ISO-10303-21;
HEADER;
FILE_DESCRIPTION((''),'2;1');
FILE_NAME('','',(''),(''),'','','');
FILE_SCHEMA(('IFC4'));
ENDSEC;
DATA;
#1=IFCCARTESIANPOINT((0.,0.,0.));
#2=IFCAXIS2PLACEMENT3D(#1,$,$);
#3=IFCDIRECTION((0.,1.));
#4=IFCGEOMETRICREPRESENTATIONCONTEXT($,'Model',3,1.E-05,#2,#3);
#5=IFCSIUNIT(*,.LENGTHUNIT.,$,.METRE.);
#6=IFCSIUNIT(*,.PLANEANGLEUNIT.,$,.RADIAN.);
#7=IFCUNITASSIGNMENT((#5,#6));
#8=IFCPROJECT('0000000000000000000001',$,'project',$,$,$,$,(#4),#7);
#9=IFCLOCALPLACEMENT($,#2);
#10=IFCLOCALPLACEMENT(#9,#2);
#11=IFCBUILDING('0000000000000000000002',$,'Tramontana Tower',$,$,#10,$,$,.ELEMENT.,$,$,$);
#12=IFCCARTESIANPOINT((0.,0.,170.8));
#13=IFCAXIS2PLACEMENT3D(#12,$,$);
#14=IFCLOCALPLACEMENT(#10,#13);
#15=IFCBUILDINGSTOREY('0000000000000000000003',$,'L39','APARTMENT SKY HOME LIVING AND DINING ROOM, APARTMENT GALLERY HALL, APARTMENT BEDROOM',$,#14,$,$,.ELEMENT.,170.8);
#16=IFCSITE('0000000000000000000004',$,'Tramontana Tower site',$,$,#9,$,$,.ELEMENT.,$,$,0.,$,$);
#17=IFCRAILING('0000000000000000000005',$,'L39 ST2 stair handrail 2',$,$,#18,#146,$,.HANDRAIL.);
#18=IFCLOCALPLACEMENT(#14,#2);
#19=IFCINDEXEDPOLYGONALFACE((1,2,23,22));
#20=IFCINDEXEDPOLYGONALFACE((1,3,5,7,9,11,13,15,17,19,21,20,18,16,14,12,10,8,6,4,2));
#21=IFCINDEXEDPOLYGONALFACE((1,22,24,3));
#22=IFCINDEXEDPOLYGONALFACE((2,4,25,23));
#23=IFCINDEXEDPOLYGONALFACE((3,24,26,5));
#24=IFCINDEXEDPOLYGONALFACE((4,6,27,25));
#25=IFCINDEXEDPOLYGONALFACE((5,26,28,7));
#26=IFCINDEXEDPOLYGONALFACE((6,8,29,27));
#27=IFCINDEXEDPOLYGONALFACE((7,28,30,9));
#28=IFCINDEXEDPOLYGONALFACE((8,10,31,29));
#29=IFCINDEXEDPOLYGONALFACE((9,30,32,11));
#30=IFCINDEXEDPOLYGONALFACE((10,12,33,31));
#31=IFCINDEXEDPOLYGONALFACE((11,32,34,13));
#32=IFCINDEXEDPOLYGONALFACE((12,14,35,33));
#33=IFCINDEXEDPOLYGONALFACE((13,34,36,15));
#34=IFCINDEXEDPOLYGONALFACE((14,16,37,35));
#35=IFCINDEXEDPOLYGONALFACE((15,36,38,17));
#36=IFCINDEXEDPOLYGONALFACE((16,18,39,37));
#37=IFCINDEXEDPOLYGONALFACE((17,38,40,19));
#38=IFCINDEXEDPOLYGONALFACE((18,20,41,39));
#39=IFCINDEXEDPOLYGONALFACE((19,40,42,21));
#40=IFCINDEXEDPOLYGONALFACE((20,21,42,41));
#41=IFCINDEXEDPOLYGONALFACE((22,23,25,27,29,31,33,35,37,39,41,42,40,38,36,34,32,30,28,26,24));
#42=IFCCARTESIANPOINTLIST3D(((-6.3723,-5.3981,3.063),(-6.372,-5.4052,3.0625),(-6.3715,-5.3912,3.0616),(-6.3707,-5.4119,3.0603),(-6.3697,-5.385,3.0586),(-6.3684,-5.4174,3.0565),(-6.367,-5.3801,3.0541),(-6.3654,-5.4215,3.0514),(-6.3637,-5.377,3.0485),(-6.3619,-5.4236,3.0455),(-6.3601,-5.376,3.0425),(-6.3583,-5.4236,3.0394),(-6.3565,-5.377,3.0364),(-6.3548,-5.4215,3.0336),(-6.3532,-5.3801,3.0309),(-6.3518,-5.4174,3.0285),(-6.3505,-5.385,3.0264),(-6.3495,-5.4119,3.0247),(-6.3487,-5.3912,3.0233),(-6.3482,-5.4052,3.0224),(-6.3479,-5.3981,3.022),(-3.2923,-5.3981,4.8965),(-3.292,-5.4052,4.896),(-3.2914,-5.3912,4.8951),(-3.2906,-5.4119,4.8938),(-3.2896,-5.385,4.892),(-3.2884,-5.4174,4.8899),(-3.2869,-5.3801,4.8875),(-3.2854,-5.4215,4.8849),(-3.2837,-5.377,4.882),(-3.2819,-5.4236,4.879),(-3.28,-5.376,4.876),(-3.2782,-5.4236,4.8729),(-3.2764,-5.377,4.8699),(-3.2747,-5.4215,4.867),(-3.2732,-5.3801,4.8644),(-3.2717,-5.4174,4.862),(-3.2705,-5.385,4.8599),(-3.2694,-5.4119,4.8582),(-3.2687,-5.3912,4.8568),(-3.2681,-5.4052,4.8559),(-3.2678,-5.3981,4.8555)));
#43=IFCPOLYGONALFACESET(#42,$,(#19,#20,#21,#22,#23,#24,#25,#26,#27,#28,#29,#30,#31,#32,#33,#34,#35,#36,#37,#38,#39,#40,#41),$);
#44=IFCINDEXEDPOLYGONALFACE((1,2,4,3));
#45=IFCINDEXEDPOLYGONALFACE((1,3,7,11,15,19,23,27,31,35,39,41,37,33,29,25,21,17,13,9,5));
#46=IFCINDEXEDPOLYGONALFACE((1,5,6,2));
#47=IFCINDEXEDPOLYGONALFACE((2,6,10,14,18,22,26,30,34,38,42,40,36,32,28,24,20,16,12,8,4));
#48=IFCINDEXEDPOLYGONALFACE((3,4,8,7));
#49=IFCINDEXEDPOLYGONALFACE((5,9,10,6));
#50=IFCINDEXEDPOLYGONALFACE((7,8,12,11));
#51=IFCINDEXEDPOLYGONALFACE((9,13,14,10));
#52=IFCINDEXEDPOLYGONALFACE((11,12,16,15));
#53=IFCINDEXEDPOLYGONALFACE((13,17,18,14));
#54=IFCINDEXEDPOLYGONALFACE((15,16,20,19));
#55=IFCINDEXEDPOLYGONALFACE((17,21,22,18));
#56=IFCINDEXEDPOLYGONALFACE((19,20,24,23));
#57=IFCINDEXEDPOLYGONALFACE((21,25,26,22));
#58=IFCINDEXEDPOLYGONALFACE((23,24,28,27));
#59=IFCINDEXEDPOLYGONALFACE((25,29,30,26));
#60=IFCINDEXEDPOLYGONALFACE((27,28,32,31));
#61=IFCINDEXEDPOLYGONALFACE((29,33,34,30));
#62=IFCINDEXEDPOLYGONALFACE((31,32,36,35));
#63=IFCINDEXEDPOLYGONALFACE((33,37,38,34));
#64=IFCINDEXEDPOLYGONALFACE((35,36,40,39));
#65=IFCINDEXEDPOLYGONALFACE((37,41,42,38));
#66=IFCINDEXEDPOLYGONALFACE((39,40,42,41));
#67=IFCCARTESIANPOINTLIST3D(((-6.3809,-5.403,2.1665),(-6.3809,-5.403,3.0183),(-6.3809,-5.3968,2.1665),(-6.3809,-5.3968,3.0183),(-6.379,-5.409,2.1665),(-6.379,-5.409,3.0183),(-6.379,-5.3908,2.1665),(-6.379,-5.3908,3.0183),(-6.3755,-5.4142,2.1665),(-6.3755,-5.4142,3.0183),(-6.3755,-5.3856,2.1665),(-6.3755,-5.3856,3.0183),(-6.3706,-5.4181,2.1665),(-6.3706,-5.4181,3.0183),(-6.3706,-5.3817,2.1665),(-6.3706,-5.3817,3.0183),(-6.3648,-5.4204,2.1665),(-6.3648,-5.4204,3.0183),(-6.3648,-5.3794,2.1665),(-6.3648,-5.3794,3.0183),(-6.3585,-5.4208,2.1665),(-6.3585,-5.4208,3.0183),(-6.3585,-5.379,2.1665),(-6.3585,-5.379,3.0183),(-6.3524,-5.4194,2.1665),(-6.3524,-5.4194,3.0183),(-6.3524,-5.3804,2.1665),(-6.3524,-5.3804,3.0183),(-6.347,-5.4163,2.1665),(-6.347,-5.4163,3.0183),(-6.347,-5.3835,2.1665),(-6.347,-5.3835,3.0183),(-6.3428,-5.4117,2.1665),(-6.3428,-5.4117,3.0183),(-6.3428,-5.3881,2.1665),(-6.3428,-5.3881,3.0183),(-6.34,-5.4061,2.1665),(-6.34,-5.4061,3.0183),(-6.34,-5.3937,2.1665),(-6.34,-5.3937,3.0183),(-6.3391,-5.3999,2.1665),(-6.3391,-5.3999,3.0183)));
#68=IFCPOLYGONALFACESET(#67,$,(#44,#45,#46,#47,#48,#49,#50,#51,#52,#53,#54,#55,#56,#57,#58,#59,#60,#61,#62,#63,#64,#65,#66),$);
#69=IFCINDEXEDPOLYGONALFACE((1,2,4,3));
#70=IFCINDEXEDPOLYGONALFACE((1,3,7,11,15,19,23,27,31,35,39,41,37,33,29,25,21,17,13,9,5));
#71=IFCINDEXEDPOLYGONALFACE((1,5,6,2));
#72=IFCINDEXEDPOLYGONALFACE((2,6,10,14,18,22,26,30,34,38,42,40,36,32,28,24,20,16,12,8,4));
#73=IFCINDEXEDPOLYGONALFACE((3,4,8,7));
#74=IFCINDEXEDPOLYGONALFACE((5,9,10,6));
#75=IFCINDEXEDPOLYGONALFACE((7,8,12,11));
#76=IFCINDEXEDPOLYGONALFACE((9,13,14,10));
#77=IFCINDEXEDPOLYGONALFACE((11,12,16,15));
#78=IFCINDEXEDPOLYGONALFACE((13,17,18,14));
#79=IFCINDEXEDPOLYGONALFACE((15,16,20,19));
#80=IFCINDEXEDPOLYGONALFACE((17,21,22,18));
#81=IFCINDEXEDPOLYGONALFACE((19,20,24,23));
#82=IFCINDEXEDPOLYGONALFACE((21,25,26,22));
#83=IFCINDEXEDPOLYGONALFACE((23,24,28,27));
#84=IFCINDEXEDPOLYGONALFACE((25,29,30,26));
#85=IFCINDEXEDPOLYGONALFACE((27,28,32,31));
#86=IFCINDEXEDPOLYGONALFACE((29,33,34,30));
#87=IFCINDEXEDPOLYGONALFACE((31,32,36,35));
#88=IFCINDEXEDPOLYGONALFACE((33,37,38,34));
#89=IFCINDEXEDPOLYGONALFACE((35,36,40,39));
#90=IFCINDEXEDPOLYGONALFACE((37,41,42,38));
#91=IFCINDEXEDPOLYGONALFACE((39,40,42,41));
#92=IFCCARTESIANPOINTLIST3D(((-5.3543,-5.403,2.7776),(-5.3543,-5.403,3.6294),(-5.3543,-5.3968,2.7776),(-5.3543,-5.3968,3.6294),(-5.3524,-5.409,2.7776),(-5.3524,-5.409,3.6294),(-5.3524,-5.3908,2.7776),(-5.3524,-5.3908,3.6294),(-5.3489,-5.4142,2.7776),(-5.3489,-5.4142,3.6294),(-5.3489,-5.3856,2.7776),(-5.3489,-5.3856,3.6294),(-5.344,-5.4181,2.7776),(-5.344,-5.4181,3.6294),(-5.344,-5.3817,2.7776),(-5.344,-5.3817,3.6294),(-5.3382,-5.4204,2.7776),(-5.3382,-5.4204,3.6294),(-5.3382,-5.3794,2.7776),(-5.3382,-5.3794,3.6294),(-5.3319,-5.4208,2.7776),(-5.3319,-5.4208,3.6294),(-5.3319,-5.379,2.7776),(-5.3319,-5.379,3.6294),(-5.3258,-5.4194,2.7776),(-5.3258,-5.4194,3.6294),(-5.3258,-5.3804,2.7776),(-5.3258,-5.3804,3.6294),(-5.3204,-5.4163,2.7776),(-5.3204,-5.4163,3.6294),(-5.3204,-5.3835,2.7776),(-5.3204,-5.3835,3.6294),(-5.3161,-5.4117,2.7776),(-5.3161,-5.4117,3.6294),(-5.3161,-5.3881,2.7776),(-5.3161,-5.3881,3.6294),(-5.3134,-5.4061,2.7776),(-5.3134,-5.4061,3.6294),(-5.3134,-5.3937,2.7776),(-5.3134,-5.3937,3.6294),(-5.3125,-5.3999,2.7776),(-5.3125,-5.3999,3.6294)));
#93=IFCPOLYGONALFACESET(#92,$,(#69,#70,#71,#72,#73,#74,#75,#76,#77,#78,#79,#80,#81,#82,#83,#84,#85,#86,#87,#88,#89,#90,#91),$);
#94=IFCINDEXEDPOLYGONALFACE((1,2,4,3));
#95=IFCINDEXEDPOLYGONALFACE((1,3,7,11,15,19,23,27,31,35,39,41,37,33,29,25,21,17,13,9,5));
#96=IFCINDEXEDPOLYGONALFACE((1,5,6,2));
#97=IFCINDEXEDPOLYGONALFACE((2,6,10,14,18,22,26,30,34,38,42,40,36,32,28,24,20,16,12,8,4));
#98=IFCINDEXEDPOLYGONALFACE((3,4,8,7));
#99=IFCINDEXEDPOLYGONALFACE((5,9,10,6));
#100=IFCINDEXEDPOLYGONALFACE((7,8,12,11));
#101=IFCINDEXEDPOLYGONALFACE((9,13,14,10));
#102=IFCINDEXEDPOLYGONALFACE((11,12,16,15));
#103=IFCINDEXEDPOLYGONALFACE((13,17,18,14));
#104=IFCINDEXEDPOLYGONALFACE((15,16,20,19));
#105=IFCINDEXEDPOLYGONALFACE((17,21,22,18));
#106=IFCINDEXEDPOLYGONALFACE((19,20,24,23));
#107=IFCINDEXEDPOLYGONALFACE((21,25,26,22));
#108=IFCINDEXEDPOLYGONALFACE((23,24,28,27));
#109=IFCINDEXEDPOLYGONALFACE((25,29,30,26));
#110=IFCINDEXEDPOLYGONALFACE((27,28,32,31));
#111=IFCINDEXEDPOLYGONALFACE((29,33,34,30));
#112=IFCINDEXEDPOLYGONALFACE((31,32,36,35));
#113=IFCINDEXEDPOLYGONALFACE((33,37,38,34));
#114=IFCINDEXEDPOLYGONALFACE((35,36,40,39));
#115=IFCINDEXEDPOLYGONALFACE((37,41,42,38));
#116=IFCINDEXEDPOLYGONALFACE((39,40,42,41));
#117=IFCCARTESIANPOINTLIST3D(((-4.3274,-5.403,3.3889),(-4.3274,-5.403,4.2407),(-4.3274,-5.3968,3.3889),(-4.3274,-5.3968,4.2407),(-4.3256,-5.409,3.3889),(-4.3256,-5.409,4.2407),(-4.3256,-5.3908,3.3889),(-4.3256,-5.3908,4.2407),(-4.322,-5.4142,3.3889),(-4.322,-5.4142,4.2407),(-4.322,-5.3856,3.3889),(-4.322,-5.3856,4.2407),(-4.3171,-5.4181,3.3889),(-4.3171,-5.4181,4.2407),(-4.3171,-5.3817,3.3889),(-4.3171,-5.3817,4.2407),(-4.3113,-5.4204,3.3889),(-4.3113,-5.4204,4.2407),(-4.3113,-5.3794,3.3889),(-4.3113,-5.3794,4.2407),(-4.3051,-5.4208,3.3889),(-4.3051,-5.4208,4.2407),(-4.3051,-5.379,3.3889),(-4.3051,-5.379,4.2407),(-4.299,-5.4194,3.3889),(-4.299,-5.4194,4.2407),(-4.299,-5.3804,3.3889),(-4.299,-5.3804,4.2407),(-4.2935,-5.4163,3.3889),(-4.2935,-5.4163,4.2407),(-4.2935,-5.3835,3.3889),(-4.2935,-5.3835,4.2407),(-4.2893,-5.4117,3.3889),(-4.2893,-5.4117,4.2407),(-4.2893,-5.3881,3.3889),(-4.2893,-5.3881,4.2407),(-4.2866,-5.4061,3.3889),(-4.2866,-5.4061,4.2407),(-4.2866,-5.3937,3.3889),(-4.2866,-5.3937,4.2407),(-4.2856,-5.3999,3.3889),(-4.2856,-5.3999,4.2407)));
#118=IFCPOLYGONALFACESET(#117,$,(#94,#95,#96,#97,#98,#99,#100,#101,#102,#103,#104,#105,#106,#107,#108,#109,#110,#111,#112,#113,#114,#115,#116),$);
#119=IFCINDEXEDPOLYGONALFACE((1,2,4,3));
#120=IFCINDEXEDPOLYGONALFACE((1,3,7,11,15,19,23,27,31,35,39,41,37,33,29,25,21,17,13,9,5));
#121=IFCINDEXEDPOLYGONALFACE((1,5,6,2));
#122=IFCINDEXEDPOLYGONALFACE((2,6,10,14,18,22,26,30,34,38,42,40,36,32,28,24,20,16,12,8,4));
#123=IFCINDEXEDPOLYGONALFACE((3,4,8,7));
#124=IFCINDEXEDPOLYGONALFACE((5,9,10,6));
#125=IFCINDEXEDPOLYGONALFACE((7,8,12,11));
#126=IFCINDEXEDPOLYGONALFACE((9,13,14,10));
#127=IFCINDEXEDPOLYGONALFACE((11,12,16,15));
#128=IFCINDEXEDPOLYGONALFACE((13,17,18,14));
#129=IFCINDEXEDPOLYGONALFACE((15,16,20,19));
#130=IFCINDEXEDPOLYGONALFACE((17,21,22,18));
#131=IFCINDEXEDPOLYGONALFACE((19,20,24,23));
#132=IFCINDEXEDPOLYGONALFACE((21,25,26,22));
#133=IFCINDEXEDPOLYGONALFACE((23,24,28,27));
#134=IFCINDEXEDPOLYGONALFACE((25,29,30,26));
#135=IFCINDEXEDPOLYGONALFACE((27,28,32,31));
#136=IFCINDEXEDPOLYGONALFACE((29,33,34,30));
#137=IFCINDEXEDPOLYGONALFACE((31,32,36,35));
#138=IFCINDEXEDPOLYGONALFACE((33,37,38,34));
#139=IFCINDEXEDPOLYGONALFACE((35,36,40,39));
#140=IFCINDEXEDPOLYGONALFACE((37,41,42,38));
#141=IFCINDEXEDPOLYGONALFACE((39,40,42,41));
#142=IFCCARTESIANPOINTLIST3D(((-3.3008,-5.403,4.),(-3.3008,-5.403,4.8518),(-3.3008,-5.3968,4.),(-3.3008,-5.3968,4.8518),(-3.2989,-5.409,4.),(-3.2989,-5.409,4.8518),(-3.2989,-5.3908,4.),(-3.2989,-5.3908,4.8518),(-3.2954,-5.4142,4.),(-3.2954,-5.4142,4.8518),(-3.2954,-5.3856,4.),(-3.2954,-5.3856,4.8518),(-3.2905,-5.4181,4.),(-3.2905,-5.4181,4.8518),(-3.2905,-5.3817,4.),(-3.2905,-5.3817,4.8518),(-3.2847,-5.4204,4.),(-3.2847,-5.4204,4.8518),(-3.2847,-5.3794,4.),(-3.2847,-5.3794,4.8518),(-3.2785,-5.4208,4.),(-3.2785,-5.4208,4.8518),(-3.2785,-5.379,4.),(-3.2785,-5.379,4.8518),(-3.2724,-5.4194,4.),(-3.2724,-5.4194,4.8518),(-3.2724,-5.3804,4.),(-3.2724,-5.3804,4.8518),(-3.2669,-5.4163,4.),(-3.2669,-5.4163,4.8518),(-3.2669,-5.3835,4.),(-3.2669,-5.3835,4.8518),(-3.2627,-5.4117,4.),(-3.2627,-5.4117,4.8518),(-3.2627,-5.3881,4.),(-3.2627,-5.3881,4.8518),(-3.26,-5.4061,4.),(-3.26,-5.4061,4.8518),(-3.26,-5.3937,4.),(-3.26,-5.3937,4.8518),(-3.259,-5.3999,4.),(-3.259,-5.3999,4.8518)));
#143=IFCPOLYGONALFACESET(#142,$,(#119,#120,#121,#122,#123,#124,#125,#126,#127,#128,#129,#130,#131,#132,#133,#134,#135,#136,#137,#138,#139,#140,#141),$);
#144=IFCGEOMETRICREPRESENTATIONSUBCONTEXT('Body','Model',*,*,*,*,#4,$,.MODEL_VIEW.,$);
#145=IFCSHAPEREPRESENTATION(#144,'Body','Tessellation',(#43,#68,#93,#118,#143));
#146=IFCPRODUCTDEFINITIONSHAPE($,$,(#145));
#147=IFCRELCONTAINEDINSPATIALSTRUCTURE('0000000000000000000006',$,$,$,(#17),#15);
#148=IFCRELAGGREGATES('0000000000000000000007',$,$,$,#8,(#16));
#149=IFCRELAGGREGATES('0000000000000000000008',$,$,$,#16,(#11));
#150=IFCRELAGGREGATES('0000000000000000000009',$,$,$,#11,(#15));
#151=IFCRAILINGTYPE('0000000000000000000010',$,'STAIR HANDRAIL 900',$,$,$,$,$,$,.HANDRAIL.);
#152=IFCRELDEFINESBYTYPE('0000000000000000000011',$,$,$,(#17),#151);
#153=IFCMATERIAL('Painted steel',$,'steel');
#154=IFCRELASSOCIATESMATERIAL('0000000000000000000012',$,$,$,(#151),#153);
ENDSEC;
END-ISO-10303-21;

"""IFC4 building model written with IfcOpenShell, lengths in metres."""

from ifc_helpers import new_model, si_unit, direction, frame, origin, origin_2d, place, context, subcontext, project, spatial, circle, extrude, material, type_object, element, save


model = new_model("IFC4")

# Units and contexts
model_context = context("Model", 3, precision=1e-05, world=origin(), true_north=direction((0.0, 1.0)))
body_context = subcontext(model_context, "Body", "Model", "MODEL_VIEW")
ifc_project = project(units=[si_unit("LENGTHUNIT", "METRE"), si_unit("PLANEANGLEUNIT", "RADIAN")], contexts=[model_context])

# Site, building, storey
site_placement = place(None, origin())
site = spatial("IfcSite", under=ifc_project, at=site_placement, Name="Tramontana Tower site", CompositionType="ELEMENT", RefElevation=0.0)
building_placement = place(site_placement, origin())
building = spatial("IfcBuilding", under=site, at=building_placement, Name="Tramontana Tower", CompositionType="ELEMENT")
storey_placement = place(building_placement, frame((0.0, 0.0, 170.8)))
storey = spatial("IfcBuildingStorey", under=building, at=storey_placement, Name="L39", Description="APARTMENT SKY HOME LIVING AND DINING ROOM, APARTMENT GALLERY HALL, APARTMENT BEDROOM", CompositionType="ELEMENT", Elevation=170.8)

# Railing
ifc_material_1 = material(Name="Painted steel", Category="steel")
railing_type_1 = type_object("IfcRailingType", Name="STAIR HANDRAIL 900", PredefinedType="HANDRAIL", material=ifc_material_1)
railing_1_placement = place(storey_placement, frame((-6.3601, -5.3999, 2.1665)))
element("IfcRailing", 1, at=railing_1_placement, inside=storey, type_object=railing_type_1, Name="L39 ST2 stair handrail 2", PredefinedType="HANDRAIL", context=body_context, shape_type="SweptSolid", body=[
    extrude(circle(Radius=0.0239, at=origin_2d()), frame((0.0, 0.0, 0.876), z_axis=(0.859279, 0.0, 0.511508), x_axis=(0.0, 1.0, 0.0)), (0.0, 0.0, 1.0), 3.5845),
    extrude(circle(Radius=0.021, at=origin_2d()), origin(), (0.0, 0.0, 1.0), 0.8518),
    extrude(circle(Radius=0.021, at=origin_2d()), frame((1.0266, 0.0, 0.6111)), (0.0, 0.0, 1.0), 0.8518),
    extrude(circle(Radius=0.021, at=origin_2d()), frame((2.0535, 0.0, 1.2224)), (0.0, 0.0, 1.0), 0.8518),
    extrude(circle(Radius=0.021, at=origin_2d()), frame((3.0801, 0.0, 1.8335)), (0.0, 0.0, 1.0), 0.8518),
])

save(model, "model.ifc")
